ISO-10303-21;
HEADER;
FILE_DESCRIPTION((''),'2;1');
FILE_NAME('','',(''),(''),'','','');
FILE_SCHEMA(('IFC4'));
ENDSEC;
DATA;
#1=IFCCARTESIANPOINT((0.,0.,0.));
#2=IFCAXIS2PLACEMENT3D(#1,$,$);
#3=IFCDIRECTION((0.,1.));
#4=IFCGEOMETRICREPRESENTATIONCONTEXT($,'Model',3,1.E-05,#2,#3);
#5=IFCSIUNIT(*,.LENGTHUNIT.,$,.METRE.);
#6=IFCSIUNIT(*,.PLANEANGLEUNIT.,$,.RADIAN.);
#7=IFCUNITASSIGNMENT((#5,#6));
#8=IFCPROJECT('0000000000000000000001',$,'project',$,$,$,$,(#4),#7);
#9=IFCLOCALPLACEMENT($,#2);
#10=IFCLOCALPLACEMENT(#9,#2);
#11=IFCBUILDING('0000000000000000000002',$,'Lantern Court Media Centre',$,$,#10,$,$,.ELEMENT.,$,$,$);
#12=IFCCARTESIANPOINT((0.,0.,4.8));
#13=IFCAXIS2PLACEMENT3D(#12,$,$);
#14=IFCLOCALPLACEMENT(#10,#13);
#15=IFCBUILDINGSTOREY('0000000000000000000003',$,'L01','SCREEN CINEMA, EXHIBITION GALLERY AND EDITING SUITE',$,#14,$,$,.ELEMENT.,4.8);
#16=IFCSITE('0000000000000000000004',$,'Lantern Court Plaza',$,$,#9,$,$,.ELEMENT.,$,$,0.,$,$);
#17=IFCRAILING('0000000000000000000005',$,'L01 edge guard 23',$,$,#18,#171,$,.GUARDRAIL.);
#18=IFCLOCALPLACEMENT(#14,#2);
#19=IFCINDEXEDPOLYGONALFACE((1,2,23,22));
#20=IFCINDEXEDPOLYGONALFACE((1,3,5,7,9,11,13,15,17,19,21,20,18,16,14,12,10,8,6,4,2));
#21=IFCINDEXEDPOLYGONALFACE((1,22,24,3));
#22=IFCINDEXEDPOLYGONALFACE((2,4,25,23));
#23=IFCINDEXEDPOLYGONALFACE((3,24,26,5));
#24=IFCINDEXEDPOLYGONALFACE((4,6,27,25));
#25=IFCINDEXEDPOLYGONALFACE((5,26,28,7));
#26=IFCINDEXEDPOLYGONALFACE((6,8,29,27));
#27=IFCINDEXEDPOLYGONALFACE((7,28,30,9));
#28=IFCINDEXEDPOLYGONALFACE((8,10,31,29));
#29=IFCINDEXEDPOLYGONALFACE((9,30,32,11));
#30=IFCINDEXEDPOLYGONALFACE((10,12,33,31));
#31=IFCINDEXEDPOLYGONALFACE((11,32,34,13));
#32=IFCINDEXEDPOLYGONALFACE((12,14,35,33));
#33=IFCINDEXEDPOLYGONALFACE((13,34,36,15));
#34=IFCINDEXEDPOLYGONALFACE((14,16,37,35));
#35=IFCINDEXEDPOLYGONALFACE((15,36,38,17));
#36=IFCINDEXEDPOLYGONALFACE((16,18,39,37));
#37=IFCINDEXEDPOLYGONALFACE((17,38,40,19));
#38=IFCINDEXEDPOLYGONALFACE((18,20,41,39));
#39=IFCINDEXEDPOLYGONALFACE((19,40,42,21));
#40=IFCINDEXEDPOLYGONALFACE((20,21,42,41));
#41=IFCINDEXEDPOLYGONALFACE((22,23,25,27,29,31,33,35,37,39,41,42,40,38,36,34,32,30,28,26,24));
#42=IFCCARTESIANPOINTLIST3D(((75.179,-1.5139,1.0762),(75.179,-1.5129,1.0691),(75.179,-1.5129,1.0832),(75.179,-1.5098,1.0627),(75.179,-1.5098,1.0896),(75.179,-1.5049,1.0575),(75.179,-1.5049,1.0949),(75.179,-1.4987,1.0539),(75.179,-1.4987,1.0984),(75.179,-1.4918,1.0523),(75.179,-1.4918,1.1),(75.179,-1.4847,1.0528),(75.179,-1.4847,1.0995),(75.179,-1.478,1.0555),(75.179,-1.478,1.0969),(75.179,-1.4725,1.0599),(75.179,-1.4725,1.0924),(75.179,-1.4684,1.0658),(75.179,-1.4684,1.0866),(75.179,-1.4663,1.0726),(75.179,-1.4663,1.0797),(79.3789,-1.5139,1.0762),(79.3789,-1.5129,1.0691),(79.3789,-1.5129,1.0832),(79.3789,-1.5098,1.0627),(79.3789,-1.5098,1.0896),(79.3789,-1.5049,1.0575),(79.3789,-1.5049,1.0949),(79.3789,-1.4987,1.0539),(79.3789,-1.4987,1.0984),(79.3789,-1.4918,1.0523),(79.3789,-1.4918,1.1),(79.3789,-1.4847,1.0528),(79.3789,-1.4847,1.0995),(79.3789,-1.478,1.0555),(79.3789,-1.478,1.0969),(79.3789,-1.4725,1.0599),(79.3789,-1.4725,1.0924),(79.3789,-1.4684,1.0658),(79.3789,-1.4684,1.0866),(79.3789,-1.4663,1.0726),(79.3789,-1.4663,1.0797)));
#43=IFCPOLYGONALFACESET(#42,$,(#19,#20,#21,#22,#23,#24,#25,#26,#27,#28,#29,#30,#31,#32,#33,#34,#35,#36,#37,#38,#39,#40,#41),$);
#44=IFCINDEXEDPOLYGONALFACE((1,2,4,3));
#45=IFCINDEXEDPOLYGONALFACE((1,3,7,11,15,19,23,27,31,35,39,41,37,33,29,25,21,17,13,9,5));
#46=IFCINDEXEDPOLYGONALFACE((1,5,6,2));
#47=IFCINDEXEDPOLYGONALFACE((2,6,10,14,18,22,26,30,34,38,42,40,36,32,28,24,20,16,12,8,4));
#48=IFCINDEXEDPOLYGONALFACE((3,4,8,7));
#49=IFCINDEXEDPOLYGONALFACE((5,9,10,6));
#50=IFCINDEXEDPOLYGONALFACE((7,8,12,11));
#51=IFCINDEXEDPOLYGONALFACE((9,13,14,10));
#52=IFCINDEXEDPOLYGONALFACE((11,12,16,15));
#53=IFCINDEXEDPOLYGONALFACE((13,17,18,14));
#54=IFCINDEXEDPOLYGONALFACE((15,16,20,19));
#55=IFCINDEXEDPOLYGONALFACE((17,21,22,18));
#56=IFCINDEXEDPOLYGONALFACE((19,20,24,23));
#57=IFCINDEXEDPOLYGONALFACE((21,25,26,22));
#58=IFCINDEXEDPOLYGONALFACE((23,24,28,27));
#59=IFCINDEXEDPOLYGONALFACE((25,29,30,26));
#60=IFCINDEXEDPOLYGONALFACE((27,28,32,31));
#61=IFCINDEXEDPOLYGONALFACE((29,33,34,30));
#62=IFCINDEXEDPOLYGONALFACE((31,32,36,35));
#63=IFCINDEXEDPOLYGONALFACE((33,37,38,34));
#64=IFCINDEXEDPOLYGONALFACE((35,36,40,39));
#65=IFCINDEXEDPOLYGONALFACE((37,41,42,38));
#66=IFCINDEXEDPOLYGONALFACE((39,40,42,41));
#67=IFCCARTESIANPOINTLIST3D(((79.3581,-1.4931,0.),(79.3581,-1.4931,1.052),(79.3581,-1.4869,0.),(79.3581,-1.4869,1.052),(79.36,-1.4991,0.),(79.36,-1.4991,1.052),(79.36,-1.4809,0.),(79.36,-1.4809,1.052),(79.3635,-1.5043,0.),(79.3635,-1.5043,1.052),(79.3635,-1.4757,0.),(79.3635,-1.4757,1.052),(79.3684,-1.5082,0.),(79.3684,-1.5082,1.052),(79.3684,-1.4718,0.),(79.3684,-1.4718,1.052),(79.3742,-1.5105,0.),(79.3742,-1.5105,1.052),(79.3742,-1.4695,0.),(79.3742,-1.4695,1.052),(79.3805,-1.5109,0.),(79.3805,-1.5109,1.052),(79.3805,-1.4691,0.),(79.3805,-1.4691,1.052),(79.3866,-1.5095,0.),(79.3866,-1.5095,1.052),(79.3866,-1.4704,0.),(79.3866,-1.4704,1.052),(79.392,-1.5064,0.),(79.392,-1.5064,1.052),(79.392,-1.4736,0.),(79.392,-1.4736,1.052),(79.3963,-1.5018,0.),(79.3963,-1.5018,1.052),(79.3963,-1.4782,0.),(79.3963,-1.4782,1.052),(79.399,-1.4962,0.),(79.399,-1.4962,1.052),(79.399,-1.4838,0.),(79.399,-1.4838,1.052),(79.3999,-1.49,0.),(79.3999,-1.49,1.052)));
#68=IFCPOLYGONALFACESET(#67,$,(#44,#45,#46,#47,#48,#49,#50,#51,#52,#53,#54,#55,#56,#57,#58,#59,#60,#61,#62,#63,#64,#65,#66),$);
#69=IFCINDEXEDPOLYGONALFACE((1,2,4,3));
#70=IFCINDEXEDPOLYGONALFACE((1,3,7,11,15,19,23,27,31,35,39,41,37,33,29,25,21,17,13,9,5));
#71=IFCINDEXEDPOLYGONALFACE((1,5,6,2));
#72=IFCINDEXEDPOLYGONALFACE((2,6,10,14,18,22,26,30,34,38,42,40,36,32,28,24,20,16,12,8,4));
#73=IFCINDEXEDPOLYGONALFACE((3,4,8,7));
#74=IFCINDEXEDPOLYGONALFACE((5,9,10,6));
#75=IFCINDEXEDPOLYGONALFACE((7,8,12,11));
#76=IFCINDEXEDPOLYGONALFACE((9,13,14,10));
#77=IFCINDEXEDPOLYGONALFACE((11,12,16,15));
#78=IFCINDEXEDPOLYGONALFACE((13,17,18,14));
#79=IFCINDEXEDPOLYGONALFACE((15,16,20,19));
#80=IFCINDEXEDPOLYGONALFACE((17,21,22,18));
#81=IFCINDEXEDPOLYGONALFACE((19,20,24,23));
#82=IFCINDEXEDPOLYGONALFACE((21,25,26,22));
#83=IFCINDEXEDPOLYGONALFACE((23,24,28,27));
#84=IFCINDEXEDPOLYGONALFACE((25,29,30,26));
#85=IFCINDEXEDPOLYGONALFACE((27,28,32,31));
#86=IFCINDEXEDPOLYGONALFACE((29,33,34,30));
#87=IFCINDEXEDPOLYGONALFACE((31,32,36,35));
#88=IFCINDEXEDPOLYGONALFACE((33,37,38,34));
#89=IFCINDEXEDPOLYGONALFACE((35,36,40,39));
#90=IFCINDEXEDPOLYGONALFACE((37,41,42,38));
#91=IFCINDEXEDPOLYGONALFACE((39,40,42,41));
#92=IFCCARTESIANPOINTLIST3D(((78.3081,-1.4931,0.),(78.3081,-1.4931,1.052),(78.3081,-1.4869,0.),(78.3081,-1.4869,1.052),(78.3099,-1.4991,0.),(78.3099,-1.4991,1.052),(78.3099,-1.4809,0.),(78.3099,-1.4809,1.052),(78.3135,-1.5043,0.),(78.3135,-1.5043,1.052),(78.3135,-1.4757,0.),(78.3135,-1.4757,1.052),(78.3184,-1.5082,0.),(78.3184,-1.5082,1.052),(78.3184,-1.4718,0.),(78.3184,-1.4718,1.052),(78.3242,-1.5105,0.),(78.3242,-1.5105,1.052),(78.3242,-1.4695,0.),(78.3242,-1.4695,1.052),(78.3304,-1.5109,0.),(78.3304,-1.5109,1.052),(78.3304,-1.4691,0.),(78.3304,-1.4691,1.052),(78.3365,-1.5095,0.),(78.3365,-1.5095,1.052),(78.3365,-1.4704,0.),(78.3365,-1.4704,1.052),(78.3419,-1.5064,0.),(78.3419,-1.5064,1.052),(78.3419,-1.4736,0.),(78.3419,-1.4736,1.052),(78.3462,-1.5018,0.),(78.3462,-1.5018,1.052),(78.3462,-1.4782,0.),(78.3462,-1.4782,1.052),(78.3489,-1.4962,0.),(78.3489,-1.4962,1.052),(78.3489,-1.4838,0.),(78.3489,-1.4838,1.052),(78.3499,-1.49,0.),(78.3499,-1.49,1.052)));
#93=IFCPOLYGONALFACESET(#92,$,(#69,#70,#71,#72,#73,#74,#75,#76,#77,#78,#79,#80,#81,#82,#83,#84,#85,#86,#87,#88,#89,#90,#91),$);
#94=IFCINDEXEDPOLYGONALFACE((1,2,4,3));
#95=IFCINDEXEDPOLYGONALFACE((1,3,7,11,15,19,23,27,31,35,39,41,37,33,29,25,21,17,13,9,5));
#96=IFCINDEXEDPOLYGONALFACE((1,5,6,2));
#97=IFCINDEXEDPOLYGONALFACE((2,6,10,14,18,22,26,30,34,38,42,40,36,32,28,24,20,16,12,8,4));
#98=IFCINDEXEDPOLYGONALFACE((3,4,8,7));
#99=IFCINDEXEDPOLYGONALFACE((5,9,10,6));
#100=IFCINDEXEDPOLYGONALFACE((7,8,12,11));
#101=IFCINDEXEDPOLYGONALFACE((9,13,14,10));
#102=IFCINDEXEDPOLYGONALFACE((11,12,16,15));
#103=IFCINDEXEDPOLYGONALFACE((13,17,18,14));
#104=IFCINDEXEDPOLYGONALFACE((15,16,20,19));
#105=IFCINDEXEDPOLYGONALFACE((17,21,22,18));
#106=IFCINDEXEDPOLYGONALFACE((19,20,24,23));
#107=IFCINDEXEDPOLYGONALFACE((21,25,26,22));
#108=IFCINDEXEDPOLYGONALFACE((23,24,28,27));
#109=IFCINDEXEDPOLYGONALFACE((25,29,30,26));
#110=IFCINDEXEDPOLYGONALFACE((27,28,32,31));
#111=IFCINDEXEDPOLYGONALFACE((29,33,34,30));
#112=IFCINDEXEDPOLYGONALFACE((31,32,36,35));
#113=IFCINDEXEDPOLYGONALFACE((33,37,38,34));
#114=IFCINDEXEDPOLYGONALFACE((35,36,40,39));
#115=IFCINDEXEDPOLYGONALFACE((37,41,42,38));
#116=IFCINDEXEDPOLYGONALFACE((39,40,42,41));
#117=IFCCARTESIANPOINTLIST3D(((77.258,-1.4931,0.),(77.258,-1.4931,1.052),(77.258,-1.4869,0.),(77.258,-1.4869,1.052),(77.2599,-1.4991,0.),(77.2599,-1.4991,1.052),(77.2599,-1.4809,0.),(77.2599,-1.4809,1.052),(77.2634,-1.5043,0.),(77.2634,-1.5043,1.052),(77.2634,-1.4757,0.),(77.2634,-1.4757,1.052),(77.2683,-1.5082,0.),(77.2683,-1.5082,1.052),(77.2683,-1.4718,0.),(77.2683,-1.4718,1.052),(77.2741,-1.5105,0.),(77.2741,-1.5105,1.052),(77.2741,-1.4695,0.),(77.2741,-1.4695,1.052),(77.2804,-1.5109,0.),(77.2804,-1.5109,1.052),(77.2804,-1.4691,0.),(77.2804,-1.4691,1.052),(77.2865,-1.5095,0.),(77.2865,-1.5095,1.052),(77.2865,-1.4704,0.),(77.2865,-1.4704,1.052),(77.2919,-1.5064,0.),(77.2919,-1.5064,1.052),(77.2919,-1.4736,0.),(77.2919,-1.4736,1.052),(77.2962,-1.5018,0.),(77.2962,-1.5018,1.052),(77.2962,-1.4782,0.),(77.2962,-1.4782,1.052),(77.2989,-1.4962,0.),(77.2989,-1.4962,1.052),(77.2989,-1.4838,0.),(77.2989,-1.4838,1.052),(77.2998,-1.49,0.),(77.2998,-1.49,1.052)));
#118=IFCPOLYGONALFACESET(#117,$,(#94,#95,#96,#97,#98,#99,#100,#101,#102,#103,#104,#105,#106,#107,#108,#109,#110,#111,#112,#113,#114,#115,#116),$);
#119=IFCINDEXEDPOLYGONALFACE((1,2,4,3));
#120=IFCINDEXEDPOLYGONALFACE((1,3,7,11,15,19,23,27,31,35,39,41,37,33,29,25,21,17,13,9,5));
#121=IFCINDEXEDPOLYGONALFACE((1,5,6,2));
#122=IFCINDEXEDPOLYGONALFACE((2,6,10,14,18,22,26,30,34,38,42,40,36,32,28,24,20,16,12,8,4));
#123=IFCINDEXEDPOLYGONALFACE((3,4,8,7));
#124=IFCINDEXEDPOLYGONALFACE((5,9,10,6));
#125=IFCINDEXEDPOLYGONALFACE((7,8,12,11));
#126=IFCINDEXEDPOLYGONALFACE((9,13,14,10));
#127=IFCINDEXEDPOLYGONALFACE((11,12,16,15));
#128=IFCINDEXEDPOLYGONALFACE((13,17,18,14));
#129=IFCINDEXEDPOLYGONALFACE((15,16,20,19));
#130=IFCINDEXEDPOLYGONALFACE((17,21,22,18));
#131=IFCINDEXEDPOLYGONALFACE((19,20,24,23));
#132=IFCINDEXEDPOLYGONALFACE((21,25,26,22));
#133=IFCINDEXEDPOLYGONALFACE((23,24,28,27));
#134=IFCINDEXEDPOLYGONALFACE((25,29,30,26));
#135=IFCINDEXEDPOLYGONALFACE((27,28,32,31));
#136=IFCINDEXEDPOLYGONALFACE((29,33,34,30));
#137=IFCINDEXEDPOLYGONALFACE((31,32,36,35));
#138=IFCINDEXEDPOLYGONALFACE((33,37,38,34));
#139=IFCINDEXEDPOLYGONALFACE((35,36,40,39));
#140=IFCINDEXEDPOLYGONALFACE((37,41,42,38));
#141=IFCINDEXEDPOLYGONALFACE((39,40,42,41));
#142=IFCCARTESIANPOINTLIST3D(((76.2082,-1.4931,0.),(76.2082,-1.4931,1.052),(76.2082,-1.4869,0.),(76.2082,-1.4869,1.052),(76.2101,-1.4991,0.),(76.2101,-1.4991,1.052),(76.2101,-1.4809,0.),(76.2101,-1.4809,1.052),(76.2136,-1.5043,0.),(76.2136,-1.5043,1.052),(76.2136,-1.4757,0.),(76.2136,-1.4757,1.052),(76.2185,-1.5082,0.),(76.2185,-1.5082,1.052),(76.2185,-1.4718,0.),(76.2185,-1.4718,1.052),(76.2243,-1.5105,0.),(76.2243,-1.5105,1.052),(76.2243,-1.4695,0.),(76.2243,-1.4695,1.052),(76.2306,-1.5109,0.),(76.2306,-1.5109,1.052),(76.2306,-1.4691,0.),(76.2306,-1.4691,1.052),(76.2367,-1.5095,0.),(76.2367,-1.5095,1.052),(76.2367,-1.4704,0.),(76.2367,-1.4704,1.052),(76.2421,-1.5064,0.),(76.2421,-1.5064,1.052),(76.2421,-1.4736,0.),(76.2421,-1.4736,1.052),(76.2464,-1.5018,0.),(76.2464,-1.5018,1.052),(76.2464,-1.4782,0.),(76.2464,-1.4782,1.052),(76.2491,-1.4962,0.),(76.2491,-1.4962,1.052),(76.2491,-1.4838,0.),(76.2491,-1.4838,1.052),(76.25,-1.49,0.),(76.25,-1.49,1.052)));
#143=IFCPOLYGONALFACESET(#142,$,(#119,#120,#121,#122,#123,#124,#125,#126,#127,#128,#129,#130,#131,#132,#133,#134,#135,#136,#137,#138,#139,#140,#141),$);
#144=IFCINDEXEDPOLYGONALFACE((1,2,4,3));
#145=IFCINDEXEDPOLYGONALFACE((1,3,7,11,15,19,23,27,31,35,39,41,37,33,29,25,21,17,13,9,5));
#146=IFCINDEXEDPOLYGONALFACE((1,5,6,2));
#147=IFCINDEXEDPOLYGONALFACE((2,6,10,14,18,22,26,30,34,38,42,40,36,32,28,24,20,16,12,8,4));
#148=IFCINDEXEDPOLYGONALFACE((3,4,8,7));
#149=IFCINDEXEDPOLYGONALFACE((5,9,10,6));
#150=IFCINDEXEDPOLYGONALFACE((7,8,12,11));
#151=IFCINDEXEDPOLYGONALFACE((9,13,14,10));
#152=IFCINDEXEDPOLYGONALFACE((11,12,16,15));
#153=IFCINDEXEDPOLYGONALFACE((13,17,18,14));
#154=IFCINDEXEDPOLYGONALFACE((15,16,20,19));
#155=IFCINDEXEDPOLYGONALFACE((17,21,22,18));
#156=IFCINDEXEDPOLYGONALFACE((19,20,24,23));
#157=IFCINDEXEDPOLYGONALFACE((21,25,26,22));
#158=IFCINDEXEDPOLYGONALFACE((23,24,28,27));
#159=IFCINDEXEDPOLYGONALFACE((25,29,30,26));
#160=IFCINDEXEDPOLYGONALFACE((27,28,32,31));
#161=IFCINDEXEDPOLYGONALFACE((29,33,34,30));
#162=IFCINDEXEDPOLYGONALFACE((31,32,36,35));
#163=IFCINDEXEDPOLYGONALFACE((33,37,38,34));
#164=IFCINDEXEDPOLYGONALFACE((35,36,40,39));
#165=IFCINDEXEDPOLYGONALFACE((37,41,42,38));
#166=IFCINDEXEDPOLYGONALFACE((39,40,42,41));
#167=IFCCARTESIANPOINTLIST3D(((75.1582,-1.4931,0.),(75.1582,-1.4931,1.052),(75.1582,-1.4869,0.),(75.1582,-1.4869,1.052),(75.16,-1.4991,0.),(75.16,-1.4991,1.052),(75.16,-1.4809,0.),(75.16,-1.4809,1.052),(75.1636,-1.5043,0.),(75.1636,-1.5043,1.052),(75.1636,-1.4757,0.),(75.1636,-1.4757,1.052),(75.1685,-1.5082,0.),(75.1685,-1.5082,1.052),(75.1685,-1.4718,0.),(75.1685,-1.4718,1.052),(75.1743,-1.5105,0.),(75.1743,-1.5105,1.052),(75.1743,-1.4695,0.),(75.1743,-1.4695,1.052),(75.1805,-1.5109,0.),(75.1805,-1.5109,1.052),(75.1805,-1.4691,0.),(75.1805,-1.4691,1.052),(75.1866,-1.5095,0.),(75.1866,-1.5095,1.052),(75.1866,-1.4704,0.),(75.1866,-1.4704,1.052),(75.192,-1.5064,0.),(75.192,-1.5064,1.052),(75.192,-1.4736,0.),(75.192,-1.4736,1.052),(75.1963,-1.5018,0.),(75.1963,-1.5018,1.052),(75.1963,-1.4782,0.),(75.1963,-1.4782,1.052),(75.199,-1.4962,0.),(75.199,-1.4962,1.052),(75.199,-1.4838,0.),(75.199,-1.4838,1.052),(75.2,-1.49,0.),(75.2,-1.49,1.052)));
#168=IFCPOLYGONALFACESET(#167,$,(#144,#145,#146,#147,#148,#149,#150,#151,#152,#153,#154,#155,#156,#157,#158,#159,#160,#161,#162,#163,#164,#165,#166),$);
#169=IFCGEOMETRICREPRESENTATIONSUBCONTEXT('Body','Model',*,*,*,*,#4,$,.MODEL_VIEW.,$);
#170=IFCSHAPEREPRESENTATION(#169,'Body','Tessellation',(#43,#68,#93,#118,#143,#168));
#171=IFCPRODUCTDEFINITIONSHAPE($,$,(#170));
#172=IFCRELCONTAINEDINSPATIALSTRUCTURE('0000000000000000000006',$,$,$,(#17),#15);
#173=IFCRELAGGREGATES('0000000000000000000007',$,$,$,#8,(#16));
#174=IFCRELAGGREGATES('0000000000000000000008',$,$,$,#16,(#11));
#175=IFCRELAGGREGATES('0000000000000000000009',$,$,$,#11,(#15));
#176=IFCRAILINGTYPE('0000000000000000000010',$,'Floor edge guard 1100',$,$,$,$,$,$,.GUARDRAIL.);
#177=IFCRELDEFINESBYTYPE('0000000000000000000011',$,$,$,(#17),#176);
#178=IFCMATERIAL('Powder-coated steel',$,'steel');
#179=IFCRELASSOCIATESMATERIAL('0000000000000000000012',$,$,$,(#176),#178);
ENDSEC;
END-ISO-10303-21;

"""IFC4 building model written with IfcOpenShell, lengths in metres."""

from ifc_helpers import new_model, si_unit, direction, frame, origin, origin_2d, place, context, subcontext, project, spatial, circle, extrude, material, type_object, element, save


model = new_model("IFC4")

# Units and contexts
model_context = context("Model", 3, precision=1e-05, world=origin(), true_north=direction((0.0, 1.0)))
body_context = subcontext(model_context, "Body", "Model", "MODEL_VIEW")
ifc_project = project(units=[si_unit("LENGTHUNIT", "METRE"), si_unit("PLANEANGLEUNIT", "RADIAN")], contexts=[model_context])

# Site, building, storey
site_placement = place(None, origin())
site = spatial("IfcSite", under=ifc_project, at=site_placement, Name="Lantern Court Plaza", CompositionType="ELEMENT", RefElevation=0.0)
building_placement = place(site_placement, origin())
building = spatial("IfcBuilding", under=site, at=building_placement, Name="Lantern Court Media Centre", CompositionType="ELEMENT")
storey_placement = place(building_placement, frame((0.0, 0.0, 4.8)))
storey = spatial("IfcBuildingStorey", under=building, at=storey_placement, Name="L01", Description="SCREEN CINEMA, EXHIBITION GALLERY AND EDITING SUITE", CompositionType="ELEMENT", Elevation=4.8)

# Railing
ifc_material_1 = material(Name="Powder-coated steel", Category="steel")
railing_type = type_object("IfcRailingType", Name="Floor edge guard 1100", PredefinedType="GUARDRAIL", material=ifc_material_1)
railing_placement = place(storey_placement, frame((79.3789, -1.49, 0.0)))
element("IfcRailing", 1, at=railing_placement, inside=storey, type_object=railing_type, Name="L01 edge guard 23", PredefinedType="GUARDRAIL", context=body_context, shape_type="SweptSolid", body=[
    extrude(circle(Radius=0.0239, at=origin_2d()), frame((0.0, 0.0, 1.0762), z_axis=(-1.0, 0.0, 0.0), x_axis=(0.0, -1.0, 0.0)), (0.0, 0.0, 1.0), 4.2),
    extrude(circle(Radius=0.021, at=origin_2d()), origin(), (0.0, 0.0, 1.0), 1.052),
    extrude(circle(Radius=0.021, at=origin_2d()), frame((-1.05, 0.0, 0.0)), (0.0, 0.0, 1.0), 1.052),
    extrude(circle(Radius=0.021, at=origin_2d()), frame((-2.1001, 0.0, 0.0)), (0.0, 0.0, 1.0), 1.052),
    extrude(circle(Radius=0.021, at=origin_2d()), frame((-3.1499, 0.0, 0.0)), (0.0, 0.0, 1.0), 1.052),
    extrude(circle(Radius=0.021, at=origin_2d()), frame((-4.2, 0.0, 0.0)), (0.0, 0.0, 1.0), 1.052),
])

save(model, "model.ifc")
